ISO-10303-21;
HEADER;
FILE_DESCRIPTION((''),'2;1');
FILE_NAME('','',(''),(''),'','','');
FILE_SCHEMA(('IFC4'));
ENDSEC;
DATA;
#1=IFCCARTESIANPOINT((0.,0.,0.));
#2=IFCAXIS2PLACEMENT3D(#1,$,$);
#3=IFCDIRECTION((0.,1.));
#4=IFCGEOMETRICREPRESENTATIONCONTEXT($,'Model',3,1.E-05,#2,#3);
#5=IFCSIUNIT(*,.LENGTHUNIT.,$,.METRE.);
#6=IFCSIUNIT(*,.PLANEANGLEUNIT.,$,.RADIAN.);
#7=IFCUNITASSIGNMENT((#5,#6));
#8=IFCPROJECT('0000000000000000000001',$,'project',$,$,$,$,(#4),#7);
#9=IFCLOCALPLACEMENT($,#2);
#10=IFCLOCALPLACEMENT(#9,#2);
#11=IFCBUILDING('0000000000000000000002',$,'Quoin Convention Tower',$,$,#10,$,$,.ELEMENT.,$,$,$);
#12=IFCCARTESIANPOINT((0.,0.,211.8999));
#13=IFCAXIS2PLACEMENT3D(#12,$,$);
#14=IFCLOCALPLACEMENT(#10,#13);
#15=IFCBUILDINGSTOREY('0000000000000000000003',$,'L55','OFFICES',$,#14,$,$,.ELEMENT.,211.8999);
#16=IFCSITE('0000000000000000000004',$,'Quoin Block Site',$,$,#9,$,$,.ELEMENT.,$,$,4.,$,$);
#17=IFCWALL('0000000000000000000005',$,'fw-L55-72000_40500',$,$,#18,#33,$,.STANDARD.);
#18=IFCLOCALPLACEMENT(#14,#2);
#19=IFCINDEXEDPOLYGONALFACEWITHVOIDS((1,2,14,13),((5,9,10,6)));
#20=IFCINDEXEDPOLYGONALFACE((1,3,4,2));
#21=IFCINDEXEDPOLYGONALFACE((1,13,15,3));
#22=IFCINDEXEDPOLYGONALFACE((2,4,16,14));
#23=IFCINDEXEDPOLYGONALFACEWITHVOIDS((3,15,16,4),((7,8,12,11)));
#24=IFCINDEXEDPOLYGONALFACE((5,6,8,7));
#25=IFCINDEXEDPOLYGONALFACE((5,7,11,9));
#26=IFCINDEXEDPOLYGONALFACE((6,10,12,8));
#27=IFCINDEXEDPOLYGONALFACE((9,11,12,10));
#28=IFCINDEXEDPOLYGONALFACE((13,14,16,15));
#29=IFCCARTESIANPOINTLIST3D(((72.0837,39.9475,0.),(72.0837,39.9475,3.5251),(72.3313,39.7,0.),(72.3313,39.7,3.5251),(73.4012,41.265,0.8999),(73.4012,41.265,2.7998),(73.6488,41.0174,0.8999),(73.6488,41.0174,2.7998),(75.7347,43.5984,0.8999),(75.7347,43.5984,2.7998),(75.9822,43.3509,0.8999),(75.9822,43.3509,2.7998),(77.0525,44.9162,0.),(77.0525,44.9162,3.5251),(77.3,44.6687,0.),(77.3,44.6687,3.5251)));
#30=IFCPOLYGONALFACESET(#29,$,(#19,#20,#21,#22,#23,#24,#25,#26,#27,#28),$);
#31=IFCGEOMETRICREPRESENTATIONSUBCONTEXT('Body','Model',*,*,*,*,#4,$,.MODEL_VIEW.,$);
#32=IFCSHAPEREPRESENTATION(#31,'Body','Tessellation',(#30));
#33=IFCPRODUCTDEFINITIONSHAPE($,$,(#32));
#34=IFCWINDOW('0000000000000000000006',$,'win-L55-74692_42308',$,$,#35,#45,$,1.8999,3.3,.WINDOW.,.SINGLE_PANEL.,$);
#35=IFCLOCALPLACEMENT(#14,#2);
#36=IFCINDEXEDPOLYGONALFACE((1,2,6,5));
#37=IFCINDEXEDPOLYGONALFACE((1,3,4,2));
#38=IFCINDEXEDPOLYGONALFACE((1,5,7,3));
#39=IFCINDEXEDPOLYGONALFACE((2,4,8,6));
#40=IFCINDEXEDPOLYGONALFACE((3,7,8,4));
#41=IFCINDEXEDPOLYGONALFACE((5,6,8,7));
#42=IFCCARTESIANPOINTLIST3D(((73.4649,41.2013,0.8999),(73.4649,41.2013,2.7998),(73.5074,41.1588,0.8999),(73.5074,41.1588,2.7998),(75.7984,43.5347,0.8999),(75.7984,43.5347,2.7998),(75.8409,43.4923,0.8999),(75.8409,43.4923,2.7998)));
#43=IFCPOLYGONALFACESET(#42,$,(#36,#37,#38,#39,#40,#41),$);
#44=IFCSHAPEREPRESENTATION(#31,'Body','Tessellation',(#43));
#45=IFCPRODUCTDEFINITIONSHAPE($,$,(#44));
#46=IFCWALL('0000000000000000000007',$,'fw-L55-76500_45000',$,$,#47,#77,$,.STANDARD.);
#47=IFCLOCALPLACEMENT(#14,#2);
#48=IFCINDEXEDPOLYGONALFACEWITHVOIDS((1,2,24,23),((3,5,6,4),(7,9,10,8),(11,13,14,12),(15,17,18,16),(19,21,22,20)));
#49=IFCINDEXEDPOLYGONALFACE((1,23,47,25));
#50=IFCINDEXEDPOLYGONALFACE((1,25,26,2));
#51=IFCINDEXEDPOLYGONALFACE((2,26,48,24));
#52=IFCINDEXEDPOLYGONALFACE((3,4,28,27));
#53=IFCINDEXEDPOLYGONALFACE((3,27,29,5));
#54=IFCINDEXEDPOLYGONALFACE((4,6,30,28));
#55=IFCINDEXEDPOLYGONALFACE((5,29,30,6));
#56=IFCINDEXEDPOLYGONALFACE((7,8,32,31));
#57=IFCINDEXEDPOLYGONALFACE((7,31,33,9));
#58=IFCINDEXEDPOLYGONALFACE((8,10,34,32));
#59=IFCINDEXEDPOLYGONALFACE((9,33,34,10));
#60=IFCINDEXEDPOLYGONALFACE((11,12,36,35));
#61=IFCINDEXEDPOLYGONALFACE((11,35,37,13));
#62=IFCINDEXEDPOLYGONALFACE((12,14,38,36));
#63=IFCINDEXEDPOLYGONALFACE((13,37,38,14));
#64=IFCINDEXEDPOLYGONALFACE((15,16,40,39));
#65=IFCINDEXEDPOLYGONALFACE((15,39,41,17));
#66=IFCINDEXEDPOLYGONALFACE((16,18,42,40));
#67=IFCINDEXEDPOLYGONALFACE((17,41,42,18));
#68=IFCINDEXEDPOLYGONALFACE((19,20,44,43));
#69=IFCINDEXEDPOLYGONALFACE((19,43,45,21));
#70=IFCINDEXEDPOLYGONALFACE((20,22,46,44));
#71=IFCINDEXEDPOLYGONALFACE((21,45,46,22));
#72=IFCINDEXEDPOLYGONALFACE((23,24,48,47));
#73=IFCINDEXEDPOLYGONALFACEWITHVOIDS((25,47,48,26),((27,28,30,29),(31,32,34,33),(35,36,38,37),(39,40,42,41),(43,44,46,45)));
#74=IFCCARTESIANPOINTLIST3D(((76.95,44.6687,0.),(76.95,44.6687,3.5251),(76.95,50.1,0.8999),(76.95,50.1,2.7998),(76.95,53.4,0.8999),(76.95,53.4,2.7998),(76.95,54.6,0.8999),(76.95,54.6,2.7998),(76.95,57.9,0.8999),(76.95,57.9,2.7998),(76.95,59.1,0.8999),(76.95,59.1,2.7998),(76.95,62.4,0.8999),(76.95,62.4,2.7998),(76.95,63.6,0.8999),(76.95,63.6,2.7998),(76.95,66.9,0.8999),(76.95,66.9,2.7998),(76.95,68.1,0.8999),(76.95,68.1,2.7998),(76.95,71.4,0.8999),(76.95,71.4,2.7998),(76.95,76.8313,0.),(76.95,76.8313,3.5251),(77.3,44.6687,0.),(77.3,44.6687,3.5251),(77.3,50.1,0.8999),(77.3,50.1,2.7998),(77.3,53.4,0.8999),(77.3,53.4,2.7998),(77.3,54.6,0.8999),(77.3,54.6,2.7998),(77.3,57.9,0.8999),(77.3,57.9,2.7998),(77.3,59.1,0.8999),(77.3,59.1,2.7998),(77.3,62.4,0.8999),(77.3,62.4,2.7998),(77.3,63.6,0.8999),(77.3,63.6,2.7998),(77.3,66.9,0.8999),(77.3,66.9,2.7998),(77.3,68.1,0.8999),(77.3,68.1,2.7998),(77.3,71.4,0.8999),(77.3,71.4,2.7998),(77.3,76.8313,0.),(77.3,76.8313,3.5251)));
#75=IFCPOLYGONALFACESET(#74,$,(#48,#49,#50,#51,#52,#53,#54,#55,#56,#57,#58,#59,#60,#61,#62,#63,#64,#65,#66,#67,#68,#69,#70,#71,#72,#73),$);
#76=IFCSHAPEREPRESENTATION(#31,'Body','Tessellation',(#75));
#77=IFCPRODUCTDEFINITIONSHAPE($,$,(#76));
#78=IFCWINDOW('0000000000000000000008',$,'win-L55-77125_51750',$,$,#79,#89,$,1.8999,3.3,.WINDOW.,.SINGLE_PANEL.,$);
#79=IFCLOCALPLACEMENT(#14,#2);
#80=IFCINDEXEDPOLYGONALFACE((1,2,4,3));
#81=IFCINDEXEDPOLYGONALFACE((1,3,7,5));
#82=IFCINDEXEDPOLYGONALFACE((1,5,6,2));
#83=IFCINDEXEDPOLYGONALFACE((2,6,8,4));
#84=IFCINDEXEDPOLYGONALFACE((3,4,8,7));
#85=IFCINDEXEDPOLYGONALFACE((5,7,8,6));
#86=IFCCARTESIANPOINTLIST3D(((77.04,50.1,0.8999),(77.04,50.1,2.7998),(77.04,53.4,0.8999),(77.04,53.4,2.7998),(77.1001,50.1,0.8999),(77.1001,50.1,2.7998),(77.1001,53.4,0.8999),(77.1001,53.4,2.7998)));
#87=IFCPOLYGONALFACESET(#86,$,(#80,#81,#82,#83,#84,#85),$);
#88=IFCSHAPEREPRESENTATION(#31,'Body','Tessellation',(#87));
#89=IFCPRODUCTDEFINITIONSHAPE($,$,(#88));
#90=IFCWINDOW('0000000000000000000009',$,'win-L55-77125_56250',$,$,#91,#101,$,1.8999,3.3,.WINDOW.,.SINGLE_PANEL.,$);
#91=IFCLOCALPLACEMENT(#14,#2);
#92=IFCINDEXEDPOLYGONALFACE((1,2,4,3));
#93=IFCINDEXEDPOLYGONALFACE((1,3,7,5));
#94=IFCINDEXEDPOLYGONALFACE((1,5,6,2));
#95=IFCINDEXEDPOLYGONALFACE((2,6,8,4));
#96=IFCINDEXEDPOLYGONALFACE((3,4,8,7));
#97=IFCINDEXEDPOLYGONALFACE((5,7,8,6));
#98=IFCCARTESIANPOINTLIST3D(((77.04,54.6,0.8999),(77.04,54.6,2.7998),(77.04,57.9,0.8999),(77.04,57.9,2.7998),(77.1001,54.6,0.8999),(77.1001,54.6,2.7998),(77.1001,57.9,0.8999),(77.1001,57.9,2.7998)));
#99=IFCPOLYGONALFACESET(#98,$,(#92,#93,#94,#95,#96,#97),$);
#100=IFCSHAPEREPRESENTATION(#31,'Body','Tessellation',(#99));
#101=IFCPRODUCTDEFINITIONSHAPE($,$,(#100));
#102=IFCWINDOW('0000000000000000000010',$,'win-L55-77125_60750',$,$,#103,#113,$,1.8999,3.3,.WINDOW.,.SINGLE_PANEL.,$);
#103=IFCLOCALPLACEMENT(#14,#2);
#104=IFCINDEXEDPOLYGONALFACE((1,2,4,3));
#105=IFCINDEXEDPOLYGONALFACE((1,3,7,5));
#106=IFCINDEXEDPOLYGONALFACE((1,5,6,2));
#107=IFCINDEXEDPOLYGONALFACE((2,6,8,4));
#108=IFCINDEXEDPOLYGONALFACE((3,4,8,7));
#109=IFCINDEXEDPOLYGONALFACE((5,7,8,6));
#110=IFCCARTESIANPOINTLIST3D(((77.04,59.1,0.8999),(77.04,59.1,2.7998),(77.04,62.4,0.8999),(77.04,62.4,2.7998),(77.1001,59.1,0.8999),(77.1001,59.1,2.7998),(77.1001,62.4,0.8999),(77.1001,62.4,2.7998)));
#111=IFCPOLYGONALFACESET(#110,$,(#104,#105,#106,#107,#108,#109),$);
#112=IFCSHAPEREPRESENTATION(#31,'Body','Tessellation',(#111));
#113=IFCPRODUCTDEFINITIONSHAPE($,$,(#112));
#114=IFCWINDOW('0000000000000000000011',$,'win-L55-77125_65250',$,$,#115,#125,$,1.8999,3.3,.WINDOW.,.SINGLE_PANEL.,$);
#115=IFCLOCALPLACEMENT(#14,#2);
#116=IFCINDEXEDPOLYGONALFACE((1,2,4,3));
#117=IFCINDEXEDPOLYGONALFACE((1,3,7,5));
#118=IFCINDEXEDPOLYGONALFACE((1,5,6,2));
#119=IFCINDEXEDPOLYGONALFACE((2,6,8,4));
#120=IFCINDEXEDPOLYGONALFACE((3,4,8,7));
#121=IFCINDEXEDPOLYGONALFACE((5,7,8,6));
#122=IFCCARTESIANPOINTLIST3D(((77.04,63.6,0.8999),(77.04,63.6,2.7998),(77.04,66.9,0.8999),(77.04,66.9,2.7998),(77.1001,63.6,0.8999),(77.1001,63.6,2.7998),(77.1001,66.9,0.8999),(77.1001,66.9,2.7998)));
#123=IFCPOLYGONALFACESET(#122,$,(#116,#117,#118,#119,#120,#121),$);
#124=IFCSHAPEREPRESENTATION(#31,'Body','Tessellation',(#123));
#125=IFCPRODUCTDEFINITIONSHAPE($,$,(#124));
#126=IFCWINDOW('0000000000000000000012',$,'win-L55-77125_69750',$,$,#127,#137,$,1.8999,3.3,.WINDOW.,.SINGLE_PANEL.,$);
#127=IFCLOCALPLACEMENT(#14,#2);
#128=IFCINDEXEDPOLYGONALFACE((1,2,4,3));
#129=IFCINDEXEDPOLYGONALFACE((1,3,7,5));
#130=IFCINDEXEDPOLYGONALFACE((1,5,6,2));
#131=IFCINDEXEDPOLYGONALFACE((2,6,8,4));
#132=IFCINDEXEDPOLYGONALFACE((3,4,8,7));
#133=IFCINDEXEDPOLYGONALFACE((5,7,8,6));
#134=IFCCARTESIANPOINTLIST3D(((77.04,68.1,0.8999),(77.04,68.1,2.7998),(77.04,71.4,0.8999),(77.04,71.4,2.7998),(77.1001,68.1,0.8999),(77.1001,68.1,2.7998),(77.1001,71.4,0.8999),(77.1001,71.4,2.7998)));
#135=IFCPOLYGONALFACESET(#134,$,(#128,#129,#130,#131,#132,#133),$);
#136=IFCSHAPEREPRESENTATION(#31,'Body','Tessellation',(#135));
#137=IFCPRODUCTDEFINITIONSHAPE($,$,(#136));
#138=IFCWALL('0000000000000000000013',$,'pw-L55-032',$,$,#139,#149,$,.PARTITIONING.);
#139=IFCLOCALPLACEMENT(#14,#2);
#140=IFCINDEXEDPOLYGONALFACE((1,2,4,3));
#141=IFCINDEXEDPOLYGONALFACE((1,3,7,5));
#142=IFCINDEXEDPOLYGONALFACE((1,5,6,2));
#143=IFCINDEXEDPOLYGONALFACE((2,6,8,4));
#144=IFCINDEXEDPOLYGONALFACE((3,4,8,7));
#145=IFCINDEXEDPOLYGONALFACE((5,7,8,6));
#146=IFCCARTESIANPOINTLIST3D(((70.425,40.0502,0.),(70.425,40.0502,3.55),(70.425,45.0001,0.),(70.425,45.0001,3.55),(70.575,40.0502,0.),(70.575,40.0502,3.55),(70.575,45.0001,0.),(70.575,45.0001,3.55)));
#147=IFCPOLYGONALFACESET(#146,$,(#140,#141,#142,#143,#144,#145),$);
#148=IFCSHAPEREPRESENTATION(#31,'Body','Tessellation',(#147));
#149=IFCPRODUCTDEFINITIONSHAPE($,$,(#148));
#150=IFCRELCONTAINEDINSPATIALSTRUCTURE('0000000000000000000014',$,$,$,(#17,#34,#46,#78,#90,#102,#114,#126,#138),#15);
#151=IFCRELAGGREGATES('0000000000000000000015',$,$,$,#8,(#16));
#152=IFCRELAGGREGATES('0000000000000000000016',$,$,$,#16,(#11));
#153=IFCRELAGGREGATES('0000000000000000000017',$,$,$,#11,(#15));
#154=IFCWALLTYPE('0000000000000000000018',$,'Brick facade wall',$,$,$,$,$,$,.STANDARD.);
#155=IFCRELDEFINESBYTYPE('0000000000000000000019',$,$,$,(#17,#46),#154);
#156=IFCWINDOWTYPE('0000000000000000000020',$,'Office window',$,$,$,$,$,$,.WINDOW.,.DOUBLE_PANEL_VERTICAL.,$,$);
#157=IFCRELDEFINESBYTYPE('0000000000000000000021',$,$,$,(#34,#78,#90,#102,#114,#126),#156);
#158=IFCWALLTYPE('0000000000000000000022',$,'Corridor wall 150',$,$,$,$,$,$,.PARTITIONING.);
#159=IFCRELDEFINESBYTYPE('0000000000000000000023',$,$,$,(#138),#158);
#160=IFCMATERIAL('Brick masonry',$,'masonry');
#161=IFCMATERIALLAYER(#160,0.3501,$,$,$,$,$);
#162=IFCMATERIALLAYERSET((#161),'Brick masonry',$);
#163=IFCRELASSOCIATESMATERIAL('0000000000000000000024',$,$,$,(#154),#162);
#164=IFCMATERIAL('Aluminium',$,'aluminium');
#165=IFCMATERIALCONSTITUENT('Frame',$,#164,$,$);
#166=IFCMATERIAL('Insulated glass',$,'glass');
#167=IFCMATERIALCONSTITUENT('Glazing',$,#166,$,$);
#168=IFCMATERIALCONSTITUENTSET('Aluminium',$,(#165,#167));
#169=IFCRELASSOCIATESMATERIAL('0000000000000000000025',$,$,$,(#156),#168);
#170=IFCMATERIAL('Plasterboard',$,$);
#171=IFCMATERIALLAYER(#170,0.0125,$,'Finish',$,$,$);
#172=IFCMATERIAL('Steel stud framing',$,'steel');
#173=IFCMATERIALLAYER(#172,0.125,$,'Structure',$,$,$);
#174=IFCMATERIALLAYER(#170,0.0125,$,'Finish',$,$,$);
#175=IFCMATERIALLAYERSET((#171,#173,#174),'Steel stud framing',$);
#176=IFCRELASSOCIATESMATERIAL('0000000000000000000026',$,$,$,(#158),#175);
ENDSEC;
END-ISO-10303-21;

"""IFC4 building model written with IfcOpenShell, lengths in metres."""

from ifc_helpers import new_model, si_unit, direction, frame, frame_2d, origin, place, context, subcontext, project, spatial, rectangle, extrude, material, layer, layer_set, constituent, constituent_set, type_object, element, fill, save


model = new_model("IFC4")

# Units and contexts
model_context = context("Model", 3, precision=1e-05, world=origin(), true_north=direction((0.0, 1.0)))
body_context = subcontext(model_context, "Body", "Model", "MODEL_VIEW")
ifc_project = project(units=[si_unit("LENGTHUNIT", "METRE"), si_unit("PLANEANGLEUNIT", "RADIAN")], contexts=[model_context])

# Site, building, storey
site_placement = place(None, origin())
site = spatial("IfcSite", under=ifc_project, at=site_placement, Name="Quoin Block Site", CompositionType="ELEMENT", RefElevation=4.0)
building_placement = place(site_placement, origin())
building = spatial("IfcBuilding", under=site, at=building_placement, Name="Quoin Convention Tower", CompositionType="ELEMENT")
storey_placement = place(building_placement, frame((0.0, 0.0, 211.8999)))
storey = spatial("IfcBuildingStorey", under=building, at=storey_placement, Name="L55", Description="OFFICES", CompositionType="ELEMENT", Elevation=211.8999)

# Wall, opening, window
ifc_material_1 = material(Name="Brick masonry", Category="masonry")
ifc_layer_1 = layer(ifc_material_1, 0.3501)
ifc_layer_set_1 = layer_set([ifc_layer_1], Name="Brick masonry")
wall_type_1 = type_object("IfcWallType", Name="Brick facade wall", PredefinedType="STANDARD", material=ifc_layer_set_1)
wall_1_placement = place(storey_placement, frame((72.2075, 39.8237, 0.0), z_axis=(0.0, 0.0, 1.0), x_axis=(0.707107, 0.707107, 0.0)))
wall_1 = element("IfcWall", 1, at=wall_1_placement, inside=storey, type_object=wall_type_1, Name="fw-L55-72000_40500", PredefinedType="STANDARD", context=body_context, shape_type="SweptSolid", body=[
    extrude(rectangle(XDim=7.0269, YDim=0.3501, at=frame_2d((3.5134, 0.0))), origin(), (0.0, 0.0, 1.0), 3.5251),
])
opening_1_placement = place(wall_1_placement, frame((1.8633, 0.0, 0.8999)))
opening_1 = element("IfcOpeningElement", 2, at=opening_1_placement, cuts=wall_1, PredefinedType="OPENING", context=body_context, shape_type="SweptSolid", body=[
    extrude(rectangle(XDim=3.3, YDim=1.8999, at=frame_2d((1.6499, 0.95))), frame((0.0, 0.1851, 0.0), z_axis=(0.0, -1.0, 0.0), x_axis=(1.0, 0.0, 0.0)), (0.0, 0.0, 1.0), 0.3701),
])
ifc_material_2 = material(Name="Aluminium", Category="aluminium")
ifc_constituent_1 = constituent(ifc_material_2, Name="Frame")
ifc_material_3 = material(Name="Insulated glass", Category="glass")
ifc_constituent_2 = constituent(ifc_material_3, Name="Glazing")
ifc_constituent_set = constituent_set(constituents=[ifc_constituent_1, ifc_constituent_2], Name="Aluminium")
window_type = type_object("IfcWindowType", Name="Office window", PartitioningType="DOUBLE_PANEL_VERTICAL", PredefinedType="WINDOW", material=ifc_constituent_set)
window_1_placement = place(opening_1_placement, origin())
window_1 = element("IfcWindow", 3, at=window_1_placement, inside=storey, type_object=window_type, Name="win-L55-74692_42308", OverallHeight=1.8999, OverallWidth=3.3, PartitioningType="SINGLE_PANEL", PredefinedType="WINDOW", context=body_context, shape_type="SweptSolid", body=[
    extrude(rectangle(XDim=3.3, YDim=1.8999, at=frame_2d((1.6499, 0.95))), frame((0.0, 0.085, 0.0), z_axis=(0.0, -1.0, 0.0), x_axis=(1.0, 0.0, 0.0)), (0.0, 0.0, 1.0), 0.0601),
])
fill(opening_1, window_1)

# Wall, openings, windows
wall_2_placement = place(storey_placement, frame((77.125, 44.6687, 0.0), z_axis=(0.0, 0.0, 1.0), x_axis=(0.0, 1.0, 0.0)))
wall_2 = element("IfcWall", 4, at=wall_2_placement, inside=storey, type_object=wall_type_1, Name="fw-L55-76500_45000", PredefinedType="STANDARD", context=body_context, shape_type="SweptSolid", body=[
    extrude(rectangle(XDim=32.1626, YDim=0.3501, at=frame_2d((16.0813, 0.0))), origin(), (0.0, 0.0, 1.0), 3.5251),
])
opening_2_placement = place(wall_2_placement, frame((5.4314, 0.0, 0.8999)))
opening_2 = element("IfcOpeningElement", 5, at=opening_2_placement, cuts=wall_2, PredefinedType="OPENING", context=body_context, shape_type="SweptSolid", body=[
    extrude(rectangle(XDim=3.3, YDim=1.8999, at=frame_2d((1.6499, 0.95))), frame((0.0, 0.1851, 0.0), z_axis=(0.0, -1.0, 0.0), x_axis=(1.0, 0.0, 0.0)), (0.0, 0.0, 1.0), 0.3701),
])
opening_3_placement = place(wall_2_placement, frame((9.9314, 0.0, 0.8999)))
opening_3 = element("IfcOpeningElement", 6, at=opening_3_placement, cuts=wall_2, PredefinedType="OPENING", context=body_context, shape_type="SweptSolid", body=[
    extrude(rectangle(XDim=3.3, YDim=1.8999, at=frame_2d((1.6499, 0.95))), frame((0.0, 0.1851, 0.0), z_axis=(0.0, -1.0, 0.0), x_axis=(1.0, 0.0, 0.0)), (0.0, 0.0, 1.0), 0.3701),
])
opening_4_placement = place(wall_2_placement, frame((14.4314, 0.0, 0.8999)))
opening_4 = element("IfcOpeningElement", 7, at=opening_4_placement, cuts=wall_2, PredefinedType="OPENING", context=body_context, shape_type="SweptSolid", body=[
    extrude(rectangle(XDim=3.3, YDim=1.8999, at=frame_2d((1.6499, 0.95))), frame((0.0, 0.1851, 0.0), z_axis=(0.0, -1.0, 0.0), x_axis=(1.0, 0.0, 0.0)), (0.0, 0.0, 1.0), 0.3701),
])
opening_5_placement = place(wall_2_placement, frame((18.9314, 0.0, 0.8999)))
opening_5 = element("IfcOpeningElement", 8, at=opening_5_placement, cuts=wall_2, PredefinedType="OPENING", context=body_context, shape_type="SweptSolid", body=[
    extrude(rectangle(XDim=3.3, YDim=1.8999, at=frame_2d((1.6499, 0.95))), frame((0.0, 0.1851, 0.0), z_axis=(0.0, -1.0, 0.0), x_axis=(1.0, 0.0, 0.0)), (0.0, 0.0, 1.0), 0.3701),
])
opening_6_placement = place(wall_2_placement, frame((23.4314, 0.0, 0.8999)))
opening_6 = element("IfcOpeningElement", 9, at=opening_6_placement, cuts=wall_2, PredefinedType="OPENING", context=body_context, shape_type="SweptSolid", body=[
    extrude(rectangle(XDim=3.3, YDim=1.8999, at=frame_2d((1.6499, 0.95))), frame((0.0, 0.1851, 0.0), z_axis=(0.0, -1.0, 0.0), x_axis=(1.0, 0.0, 0.0)), (0.0, 0.0, 1.0), 0.3701),
])
window_2_placement = place(opening_2_placement, origin())
window_2 = element("IfcWindow", 10, at=window_2_placement, inside=storey, type_object=window_type, Name="win-L55-77125_51750", OverallHeight=1.8999, OverallWidth=3.3, PartitioningType="SINGLE_PANEL", PredefinedType="WINDOW", context=body_context, shape_type="SweptSolid", body=[
    extrude(rectangle(XDim=3.3, YDim=1.8999, at=frame_2d((1.6499, 0.95))), frame((0.0, 0.085, 0.0), z_axis=(0.0, -1.0, 0.0), x_axis=(1.0, 0.0, 0.0)), (0.0, 0.0, 1.0), 0.0601),
])
fill(opening_2, window_2)
window_3_placement = place(opening_3_placement, origin())
window_3 = element("IfcWindow", 11, at=window_3_placement, inside=storey, type_object=window_type, Name="win-L55-77125_56250", OverallHeight=1.8999, OverallWidth=3.3, PartitioningType="SINGLE_PANEL", PredefinedType="WINDOW", context=body_context, shape_type="SweptSolid", body=[
    extrude(rectangle(XDim=3.3, YDim=1.8999, at=frame_2d((1.6499, 0.95))), frame((0.0, 0.085, 0.0), z_axis=(0.0, -1.0, 0.0), x_axis=(1.0, 0.0, 0.0)), (0.0, 0.0, 1.0), 0.0601),
])
fill(opening_3, window_3)
window_4_placement = place(opening_4_placement, origin())
window_4 = element("IfcWindow", 12, at=window_4_placement, inside=storey, type_object=window_type, Name="win-L55-77125_60750", OverallHeight=1.8999, OverallWidth=3.3, PartitioningType="SINGLE_PANEL", PredefinedType="WINDOW", context=body_context, shape_type="SweptSolid", body=[
    extrude(rectangle(XDim=3.3, YDim=1.8999, at=frame_2d((1.6499, 0.95))), frame((0.0, 0.085, 0.0), z_axis=(0.0, -1.0, 0.0), x_axis=(1.0, 0.0, 0.0)), (0.0, 0.0, 1.0), 0.0601),
])
fill(opening_4, window_4)
window_5_placement = place(opening_5_placement, origin())
window_5 = element("IfcWindow", 13, at=window_5_placement, inside=storey, type_object=window_type, Name="win-L55-77125_65250", OverallHeight=1.8999, OverallWidth=3.3, PartitioningType="SINGLE_PANEL", PredefinedType="WINDOW", context=body_context, shape_type="SweptSolid", body=[
    extrude(rectangle(XDim=3.3, YDim=1.8999, at=frame_2d((1.6499, 0.95))), frame((0.0, 0.085, 0.0), z_axis=(0.0, -1.0, 0.0), x_axis=(1.0, 0.0, 0.0)), (0.0, 0.0, 1.0), 0.0601),
])
fill(opening_5, window_5)
window_6_placement = place(opening_6_placement, origin())
window_6 = element("IfcWindow", 14, at=window_6_placement, inside=storey, type_object=window_type, Name="win-L55-77125_69750", OverallHeight=1.8999, OverallWidth=3.3, PartitioningType="SINGLE_PANEL", PredefinedType="WINDOW", context=body_context, shape_type="SweptSolid", body=[
    extrude(rectangle(XDim=3.3, YDim=1.8999, at=frame_2d((1.6499, 0.95))), frame((0.0, 0.085, 0.0), z_axis=(0.0, -1.0, 0.0), x_axis=(1.0, 0.0, 0.0)), (0.0, 0.0, 1.0), 0.0601),
])
fill(opening_6, window_6)

# Wall
ifc_material_4 = material(Name="Plasterboard")
ifc_layer_2 = layer(ifc_material_4, 0.0125, Name="Finish")
ifc_material_5 = material(Name="Steel stud framing", Category="steel")
ifc_layer_3 = layer(ifc_material_5, 0.125, Name="Structure")
ifc_layer_4 = layer(ifc_material_4, 0.0125, Name="Finish")
ifc_layer_set_2 = layer_set([ifc_layer_2, ifc_layer_3, ifc_layer_4], Name="Steel stud framing")
wall_type_2 = type_object("IfcWallType", Name="Corridor wall 150", PredefinedType="PARTITIONING", material=ifc_layer_set_2)
wall_3_placement = place(storey_placement, frame((70.5, 40.05, 0.0), z_axis=(0.0, 0.0, 1.0), x_axis=(0.0, 1.0, 0.0)))
element("IfcWall", 15, at=wall_3_placement, inside=storey, type_object=wall_type_2, Name="pw-L55-032", PredefinedType="PARTITIONING", context=body_context, shape_type="SweptSolid", body=[
    extrude(rectangle(XDim=4.95, YDim=0.1499, at=frame_2d((2.4751, 0.0))), origin(), (0.0, 0.0, 1.0), 3.55),
])

save(model, "model.ifc")
